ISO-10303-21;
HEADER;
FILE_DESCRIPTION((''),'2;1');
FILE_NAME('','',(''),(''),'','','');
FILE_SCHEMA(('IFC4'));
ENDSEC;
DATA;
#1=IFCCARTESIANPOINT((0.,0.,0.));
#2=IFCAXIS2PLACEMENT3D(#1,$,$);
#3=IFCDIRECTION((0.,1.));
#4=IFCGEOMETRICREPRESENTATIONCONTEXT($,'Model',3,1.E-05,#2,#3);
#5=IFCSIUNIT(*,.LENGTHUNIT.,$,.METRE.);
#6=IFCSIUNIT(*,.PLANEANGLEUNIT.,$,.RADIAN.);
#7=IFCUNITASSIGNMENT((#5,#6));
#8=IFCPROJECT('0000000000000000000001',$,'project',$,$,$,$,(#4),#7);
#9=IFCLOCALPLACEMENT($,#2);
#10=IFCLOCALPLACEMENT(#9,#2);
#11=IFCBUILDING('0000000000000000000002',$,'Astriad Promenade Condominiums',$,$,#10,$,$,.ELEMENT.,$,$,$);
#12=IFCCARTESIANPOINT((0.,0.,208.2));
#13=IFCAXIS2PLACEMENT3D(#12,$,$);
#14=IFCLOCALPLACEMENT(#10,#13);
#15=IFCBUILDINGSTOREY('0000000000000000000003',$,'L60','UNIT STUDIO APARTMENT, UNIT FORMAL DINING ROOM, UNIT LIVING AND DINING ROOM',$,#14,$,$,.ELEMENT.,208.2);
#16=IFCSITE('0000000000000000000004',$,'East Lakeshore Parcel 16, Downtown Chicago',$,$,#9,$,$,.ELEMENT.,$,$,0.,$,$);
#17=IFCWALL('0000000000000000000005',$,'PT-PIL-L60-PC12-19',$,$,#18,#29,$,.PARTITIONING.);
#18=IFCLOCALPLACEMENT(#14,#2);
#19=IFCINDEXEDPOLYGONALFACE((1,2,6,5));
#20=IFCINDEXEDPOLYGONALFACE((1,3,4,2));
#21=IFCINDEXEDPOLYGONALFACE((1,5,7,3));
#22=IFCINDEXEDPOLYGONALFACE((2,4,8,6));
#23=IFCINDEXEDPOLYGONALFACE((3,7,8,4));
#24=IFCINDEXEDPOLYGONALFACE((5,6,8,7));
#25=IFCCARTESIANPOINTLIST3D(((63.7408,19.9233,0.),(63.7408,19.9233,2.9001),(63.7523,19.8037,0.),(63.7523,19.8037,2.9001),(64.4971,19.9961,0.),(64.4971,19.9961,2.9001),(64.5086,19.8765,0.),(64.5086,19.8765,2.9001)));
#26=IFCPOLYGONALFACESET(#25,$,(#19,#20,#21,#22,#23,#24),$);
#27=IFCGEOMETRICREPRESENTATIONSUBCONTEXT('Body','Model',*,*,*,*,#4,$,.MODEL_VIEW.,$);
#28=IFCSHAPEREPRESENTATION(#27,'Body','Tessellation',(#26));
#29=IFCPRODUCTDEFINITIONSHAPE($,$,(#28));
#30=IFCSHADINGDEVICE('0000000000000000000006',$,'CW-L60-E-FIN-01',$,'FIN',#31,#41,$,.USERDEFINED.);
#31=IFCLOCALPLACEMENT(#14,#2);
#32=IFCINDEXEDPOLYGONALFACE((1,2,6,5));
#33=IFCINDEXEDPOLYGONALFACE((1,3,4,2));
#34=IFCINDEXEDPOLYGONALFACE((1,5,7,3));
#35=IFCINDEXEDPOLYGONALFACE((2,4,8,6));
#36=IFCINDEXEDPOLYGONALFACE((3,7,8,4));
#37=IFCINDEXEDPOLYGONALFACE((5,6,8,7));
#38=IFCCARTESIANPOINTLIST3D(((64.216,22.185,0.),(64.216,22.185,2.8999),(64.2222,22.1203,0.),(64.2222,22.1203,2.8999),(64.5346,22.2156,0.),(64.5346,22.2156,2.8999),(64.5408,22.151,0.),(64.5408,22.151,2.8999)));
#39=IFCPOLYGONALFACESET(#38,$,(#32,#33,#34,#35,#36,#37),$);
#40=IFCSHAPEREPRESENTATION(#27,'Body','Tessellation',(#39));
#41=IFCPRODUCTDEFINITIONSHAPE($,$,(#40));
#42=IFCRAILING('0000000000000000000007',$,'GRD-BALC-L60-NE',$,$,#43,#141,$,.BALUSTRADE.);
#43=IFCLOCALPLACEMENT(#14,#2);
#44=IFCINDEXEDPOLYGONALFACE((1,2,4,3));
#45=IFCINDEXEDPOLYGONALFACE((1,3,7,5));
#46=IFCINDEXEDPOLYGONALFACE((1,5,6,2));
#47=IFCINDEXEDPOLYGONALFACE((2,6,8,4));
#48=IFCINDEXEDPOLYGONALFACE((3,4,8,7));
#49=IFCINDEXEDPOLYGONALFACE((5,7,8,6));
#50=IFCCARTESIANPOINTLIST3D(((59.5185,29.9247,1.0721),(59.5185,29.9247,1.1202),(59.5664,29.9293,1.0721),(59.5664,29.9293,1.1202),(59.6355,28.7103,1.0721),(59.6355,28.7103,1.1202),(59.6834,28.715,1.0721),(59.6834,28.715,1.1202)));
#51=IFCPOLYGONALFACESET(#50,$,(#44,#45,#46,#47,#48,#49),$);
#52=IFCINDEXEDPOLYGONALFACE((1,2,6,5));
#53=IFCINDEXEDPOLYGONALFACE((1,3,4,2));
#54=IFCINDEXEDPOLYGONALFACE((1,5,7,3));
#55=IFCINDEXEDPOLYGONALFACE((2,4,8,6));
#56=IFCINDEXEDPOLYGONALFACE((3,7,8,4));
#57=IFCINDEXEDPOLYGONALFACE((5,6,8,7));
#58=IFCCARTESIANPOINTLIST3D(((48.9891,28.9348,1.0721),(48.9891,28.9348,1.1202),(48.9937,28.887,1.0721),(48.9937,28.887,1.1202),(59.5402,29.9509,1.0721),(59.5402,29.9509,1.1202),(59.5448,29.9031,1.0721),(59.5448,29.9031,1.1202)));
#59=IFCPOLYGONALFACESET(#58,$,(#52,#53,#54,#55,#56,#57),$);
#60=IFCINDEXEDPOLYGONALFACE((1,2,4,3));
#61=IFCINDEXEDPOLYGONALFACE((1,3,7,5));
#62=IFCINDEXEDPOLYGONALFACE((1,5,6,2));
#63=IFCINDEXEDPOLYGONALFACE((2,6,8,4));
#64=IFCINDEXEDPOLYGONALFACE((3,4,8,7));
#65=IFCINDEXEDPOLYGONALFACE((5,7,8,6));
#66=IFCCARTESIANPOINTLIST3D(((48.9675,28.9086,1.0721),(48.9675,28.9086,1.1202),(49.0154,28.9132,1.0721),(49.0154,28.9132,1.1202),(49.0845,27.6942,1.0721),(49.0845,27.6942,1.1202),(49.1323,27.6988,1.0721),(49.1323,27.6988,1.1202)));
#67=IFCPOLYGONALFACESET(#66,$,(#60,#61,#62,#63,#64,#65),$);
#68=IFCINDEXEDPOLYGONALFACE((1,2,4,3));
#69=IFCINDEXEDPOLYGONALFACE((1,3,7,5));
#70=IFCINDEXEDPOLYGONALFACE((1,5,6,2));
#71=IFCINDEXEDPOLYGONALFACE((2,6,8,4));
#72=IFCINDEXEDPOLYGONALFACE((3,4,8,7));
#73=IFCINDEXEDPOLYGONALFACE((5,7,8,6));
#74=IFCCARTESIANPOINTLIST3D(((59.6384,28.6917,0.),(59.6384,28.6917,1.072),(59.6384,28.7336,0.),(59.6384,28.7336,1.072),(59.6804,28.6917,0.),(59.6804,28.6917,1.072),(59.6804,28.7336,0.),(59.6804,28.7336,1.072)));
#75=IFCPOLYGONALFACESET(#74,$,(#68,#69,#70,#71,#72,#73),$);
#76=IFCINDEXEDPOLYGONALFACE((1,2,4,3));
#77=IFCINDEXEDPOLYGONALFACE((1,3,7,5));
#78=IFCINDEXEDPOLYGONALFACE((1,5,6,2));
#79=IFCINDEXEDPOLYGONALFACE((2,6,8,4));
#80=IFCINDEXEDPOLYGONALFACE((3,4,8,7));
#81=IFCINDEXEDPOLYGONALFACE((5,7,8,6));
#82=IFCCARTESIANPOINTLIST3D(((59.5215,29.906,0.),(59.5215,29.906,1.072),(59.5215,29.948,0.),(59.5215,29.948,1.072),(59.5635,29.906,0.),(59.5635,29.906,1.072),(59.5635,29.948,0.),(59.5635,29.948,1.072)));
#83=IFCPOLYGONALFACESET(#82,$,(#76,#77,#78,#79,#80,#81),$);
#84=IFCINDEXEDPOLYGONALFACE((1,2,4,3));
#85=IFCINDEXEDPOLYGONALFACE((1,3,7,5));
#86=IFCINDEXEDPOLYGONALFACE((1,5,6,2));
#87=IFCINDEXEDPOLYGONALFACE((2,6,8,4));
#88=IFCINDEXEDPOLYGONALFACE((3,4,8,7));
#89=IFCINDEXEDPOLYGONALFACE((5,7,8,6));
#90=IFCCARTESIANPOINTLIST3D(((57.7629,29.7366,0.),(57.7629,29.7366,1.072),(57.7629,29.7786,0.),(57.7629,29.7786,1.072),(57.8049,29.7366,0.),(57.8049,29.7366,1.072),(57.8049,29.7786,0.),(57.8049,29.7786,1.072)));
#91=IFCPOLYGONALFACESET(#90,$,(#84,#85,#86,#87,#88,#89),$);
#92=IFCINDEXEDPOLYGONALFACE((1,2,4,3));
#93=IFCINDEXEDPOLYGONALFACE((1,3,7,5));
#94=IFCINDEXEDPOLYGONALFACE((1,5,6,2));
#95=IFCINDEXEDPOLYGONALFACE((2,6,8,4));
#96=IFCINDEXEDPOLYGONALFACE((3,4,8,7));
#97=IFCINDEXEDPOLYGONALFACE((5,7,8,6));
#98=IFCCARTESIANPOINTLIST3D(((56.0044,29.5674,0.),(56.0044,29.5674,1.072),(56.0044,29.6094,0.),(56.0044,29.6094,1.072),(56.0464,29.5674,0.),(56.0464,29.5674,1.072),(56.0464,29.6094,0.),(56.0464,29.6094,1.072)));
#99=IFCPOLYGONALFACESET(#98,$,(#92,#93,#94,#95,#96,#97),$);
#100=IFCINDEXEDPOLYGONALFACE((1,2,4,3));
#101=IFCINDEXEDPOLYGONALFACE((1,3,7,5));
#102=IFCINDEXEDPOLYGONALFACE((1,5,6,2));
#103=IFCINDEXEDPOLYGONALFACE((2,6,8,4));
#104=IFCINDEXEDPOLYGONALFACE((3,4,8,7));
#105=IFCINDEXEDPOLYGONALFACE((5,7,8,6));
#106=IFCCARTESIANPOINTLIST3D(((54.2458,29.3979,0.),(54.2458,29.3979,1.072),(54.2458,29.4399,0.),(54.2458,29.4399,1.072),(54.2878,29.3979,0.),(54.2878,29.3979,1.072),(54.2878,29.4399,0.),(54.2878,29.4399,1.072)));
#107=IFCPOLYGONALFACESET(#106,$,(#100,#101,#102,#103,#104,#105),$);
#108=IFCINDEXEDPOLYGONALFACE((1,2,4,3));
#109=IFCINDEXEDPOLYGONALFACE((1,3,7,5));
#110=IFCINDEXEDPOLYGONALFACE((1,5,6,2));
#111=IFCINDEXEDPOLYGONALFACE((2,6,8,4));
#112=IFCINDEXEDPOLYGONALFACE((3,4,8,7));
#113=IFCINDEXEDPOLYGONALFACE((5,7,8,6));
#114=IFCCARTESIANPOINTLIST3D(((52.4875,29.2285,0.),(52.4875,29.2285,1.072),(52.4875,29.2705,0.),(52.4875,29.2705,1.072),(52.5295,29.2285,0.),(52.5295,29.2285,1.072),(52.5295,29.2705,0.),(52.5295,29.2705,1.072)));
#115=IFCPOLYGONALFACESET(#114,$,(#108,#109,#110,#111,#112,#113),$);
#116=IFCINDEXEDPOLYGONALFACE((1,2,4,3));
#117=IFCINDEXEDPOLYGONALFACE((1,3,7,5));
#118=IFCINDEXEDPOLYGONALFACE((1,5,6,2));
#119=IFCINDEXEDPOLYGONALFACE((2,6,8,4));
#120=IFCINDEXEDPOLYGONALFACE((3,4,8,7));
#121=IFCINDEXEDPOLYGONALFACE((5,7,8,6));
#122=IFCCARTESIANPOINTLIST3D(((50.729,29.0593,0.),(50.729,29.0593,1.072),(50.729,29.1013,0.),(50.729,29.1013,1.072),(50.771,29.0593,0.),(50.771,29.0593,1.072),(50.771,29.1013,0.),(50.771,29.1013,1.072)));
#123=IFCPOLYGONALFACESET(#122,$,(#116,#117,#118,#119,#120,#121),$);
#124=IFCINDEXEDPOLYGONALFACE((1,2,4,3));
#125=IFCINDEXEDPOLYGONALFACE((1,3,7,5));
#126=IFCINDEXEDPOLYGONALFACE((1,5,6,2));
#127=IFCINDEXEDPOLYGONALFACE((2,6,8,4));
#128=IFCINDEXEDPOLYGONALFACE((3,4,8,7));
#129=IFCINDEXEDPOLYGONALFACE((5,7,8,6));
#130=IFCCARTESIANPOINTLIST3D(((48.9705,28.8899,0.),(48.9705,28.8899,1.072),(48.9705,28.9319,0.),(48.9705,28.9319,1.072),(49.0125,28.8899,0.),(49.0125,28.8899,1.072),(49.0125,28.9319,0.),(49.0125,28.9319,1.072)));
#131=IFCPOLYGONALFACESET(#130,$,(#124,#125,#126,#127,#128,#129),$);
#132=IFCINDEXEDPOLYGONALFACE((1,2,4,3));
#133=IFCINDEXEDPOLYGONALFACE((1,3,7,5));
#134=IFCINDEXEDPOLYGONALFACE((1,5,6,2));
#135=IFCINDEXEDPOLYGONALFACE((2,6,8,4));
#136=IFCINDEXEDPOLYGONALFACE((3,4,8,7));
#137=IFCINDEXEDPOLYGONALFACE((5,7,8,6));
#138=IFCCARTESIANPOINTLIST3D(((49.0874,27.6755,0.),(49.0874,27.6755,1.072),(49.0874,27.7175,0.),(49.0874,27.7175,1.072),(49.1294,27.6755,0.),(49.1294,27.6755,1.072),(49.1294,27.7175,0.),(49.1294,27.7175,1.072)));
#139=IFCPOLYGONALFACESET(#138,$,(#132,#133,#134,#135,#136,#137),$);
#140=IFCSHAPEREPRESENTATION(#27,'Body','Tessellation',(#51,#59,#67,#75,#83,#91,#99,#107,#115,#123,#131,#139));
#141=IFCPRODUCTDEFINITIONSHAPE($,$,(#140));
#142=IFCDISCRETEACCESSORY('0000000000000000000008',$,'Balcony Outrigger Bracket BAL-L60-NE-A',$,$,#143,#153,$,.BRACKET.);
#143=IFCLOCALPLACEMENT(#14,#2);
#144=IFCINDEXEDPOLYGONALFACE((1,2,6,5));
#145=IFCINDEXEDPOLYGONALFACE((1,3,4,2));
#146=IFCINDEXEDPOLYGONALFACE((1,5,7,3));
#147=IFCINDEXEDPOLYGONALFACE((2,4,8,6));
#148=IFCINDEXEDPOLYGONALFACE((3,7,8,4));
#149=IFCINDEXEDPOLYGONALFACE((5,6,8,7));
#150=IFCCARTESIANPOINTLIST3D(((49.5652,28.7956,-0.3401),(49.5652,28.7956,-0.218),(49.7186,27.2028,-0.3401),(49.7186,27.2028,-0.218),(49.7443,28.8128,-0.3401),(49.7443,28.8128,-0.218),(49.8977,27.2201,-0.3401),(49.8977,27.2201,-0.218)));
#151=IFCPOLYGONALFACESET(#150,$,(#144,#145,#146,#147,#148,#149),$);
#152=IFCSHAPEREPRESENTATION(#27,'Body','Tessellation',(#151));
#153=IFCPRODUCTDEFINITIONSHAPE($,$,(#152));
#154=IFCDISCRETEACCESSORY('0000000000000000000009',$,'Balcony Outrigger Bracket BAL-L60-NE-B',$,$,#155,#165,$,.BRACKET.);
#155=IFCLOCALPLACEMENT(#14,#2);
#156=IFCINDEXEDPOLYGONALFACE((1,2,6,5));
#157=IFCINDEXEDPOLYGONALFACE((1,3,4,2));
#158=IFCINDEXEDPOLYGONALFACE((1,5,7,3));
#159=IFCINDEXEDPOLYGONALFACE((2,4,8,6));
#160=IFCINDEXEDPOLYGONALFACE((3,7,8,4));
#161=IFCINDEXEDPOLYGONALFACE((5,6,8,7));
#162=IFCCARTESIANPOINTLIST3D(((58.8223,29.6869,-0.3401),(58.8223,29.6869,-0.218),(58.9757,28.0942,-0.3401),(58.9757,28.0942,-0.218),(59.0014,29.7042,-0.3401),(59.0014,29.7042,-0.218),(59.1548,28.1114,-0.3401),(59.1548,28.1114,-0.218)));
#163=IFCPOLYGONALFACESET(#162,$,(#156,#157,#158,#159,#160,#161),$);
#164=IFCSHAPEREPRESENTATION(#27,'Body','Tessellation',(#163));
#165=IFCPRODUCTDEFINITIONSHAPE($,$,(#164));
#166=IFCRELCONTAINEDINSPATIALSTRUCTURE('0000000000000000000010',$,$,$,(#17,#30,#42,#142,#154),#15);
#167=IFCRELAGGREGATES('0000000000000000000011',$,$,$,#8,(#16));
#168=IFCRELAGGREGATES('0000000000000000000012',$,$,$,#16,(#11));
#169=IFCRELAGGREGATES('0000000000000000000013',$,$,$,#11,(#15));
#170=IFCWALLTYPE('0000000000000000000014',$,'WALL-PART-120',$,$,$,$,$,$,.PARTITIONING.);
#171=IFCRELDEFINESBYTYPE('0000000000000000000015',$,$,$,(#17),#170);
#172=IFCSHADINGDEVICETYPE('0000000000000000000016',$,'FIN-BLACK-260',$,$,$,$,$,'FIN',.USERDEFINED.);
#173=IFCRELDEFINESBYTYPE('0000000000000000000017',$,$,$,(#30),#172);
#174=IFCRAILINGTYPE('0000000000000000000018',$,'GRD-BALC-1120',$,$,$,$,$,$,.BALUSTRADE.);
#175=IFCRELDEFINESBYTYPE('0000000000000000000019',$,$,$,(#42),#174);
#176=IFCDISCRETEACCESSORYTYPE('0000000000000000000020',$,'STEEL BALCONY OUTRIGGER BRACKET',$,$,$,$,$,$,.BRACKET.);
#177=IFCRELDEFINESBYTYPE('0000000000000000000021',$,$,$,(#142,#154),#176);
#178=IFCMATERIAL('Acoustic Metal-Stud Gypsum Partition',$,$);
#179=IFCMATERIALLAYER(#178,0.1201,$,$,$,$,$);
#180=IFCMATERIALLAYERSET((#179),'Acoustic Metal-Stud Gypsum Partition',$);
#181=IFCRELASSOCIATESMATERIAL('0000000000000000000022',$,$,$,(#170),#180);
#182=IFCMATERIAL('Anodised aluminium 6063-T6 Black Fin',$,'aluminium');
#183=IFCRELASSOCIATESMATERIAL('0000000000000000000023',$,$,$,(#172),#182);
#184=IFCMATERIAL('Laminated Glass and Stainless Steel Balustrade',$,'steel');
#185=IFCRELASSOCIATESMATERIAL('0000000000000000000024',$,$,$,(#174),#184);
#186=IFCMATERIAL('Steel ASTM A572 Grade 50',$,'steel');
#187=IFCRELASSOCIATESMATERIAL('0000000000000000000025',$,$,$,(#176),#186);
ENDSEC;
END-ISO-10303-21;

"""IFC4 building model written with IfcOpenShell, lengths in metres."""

from ifc_helpers import new_model, si_unit, direction, frame, frame_2d, origin, origin_2d, place, context, subcontext, project, spatial, rectangle, extrude, source, transform, mapped, material, layer, layer_set, type_object, type_shapes, element, save


model = new_model("IFC4")

# Units and contexts
model_context = context("Model", 3, precision=1e-05, world=origin(), true_north=direction((0.0, 1.0)))
body_context = subcontext(model_context, "Body", "Model", "MODEL_VIEW")
ifc_project = project(units=[si_unit("LENGTHUNIT", "METRE"), si_unit("PLANEANGLEUNIT", "RADIAN")], contexts=[model_context])

# Site, building, storey
site_placement = place(None, origin())
site = spatial("IfcSite", under=ifc_project, at=site_placement, Name="East Lakeshore Parcel 16, Downtown Chicago", CompositionType="ELEMENT", RefElevation=0.0)
building_placement = place(site_placement, origin())
building = spatial("IfcBuilding", under=site, at=building_placement, Name="Astriad Promenade Condominiums", CompositionType="ELEMENT")
storey_placement = place(building_placement, frame((0.0, 0.0, 208.2)))
storey = spatial("IfcBuildingStorey", under=building, at=storey_placement, Name="L60", Description="UNIT STUDIO APARTMENT, UNIT FORMAL DINING ROOM, UNIT LIVING AND DINING ROOM", CompositionType="ELEMENT", Elevation=208.2)

# Wall
ifc_material_1 = material(Name="Acoustic Metal-Stud Gypsum Partition")
ifc_layer_1 = layer(ifc_material_1, 0.1201)
ifc_layer_set_1 = layer_set([ifc_layer_1], Name="Acoustic Metal-Stud Gypsum Partition")
wall_type_1 = type_object("IfcWallType", Name="WALL-PART-120", PredefinedType="PARTITIONING", material=ifc_layer_set_1)
wall_1_placement = place(storey_placement, frame((63.7466, 19.8635, 0.0), z_axis=(0.0, 0.0, 1.0), x_axis=(0.995405, 0.095749, 0.0)))
element("IfcWall", 1, at=wall_1_placement, inside=storey, type_object=wall_type_1, Name="PT-PIL-L60-PC12-19", PredefinedType="PARTITIONING", context=body_context, shape_type="SweptSolid", body=[
    extrude(rectangle(XDim=0.7598, YDim=0.1201, at=frame_2d((0.3799, 0.0))), origin(), (0.0, 0.0, 1.0), 2.9001),
])

# Shading device
ifc_material_2 = material(Name="Anodised aluminium 6063-T6 Black Fin", Category="aluminium")
shading_device_type = type_object("IfcShadingDeviceType", Name="FIN-BLACK-260", ElementType="FIN", PredefinedType="USERDEFINED", material=ifc_material_2)
shared_shape_1 = source(origin(), body_context, "Body", "SweptSolid", [
    extrude(rectangle(XDim=0.0649, YDim=0.3201, at=origin_2d()), origin(), (0.0, 0.0, 1.0), 2.8999),
])
type_shapes(shading_device_type, [shared_shape_1])
shading_device_placement = place(storey_placement, frame((64.3784, 22.168, 0.0), z_axis=(0.0, 0.0, 1.0), x_axis=(0.095846, -0.995396, 0.0)))
element("IfcShadingDevice", 2, at=shading_device_placement, inside=storey, type_object=shading_device_type, Name="CW-L60-E-FIN-01", ObjectType="FIN", PredefinedType="USERDEFINED", context=body_context, shape_type="MappedRepresentation", body=[
    mapped(shared_shape_1, transform((0.0, 0.0, 0.0), scale=1.0)),
])

# Railing
ifc_material_3 = material(Name="Laminated Glass and Stainless Steel Balustrade", Category="steel")
railing_type = type_object("IfcRailingType", Name="GRD-BALC-1120", PredefinedType="BALUSTRADE", material=ifc_material_3)
shared_shape_2 = source(origin(), body_context, "Body", "SweptSolid", [
    extrude(rectangle(XDim=0.0481, YDim=0.0481, at=origin_2d()), frame((0.0, 0.0, 1.0962), z_axis=(-0.095857, 0.995395, 0.0), x_axis=(-0.995395, -0.095857, 0.0)), (0.0, 0.0, 1.0), 1.22),
    extrude(rectangle(XDim=0.0481, YDim=0.0481, at=origin_2d()), frame((-0.1169, 1.2144, 1.0962), z_axis=(-0.995395, -0.095861, 0.0), x_axis=(0.095861, -0.995395, 0.0)), (0.0, 0.0, 1.0), 10.5999),
    extrude(rectangle(XDim=0.0481, YDim=0.0481, at=origin_2d()), frame((-10.668, 0.1982, 1.0962), z_axis=(0.095857, -0.995395, 0.0), x_axis=(0.995395, 0.095857, 0.0)), (0.0, 0.0, 1.0), 1.22),
    extrude(rectangle(XDim=0.042, YDim=0.042, at=origin_2d()), origin(), (0.0, 0.0, 1.0), 1.072),
    extrude(rectangle(XDim=0.042, YDim=0.042, at=origin_2d()), frame((-0.1169, 1.2144, 0.0)), (0.0, 0.0, 1.0), 1.072),
    extrude(rectangle(XDim=0.042, YDim=0.042, at=origin_2d()), frame((-1.8755, 1.0449, 0.0)), (0.0, 0.0, 1.0), 1.072),
    extrude(rectangle(XDim=0.042, YDim=0.042, at=origin_2d()), frame((-3.634, 0.8757, 0.0)), (0.0, 0.0, 1.0), 1.072),
    extrude(rectangle(XDim=0.042, YDim=0.042, at=origin_2d()), frame((-5.3926, 0.7063, 0.0)), (0.0, 0.0, 1.0), 1.072),
    extrude(rectangle(XDim=0.042, YDim=0.042, at=origin_2d()), frame((-7.1509, 0.5369, 0.0)), (0.0, 0.0, 1.0), 1.072),
    extrude(rectangle(XDim=0.042, YDim=0.042, at=origin_2d()), frame((-8.9094, 0.3677, 0.0)), (0.0, 0.0, 1.0), 1.072),
    extrude(rectangle(XDim=0.042, YDim=0.042, at=origin_2d()), frame((-10.668, 0.1982, 0.0)), (0.0, 0.0, 1.0), 1.072),
    extrude(rectangle(XDim=0.042, YDim=0.042, at=origin_2d()), frame((-10.551, -1.0161, 0.0)), (0.0, 0.0, 1.0), 1.072),
])
type_shapes(railing_type, [shared_shape_2])
railing_placement = place(storey_placement, frame((59.6594, 28.7126, 0.0)))
element("IfcRailing", 3, at=railing_placement, inside=storey, type_object=railing_type, Name="GRD-BALC-L60-NE", PredefinedType="BALUSTRADE", context=body_context, shape_type="MappedRepresentation", body=[
    mapped(shared_shape_2, transform((0.0, 0.0, 0.0), scale=1.0)),
])

# Discrete accessories
ifc_material_4 = material(Name="Steel ASTM A572 Grade 50", Category="steel")
discrete_accessory_type = type_object("IfcDiscreteAccessoryType", Name="STEEL BALCONY OUTRIGGER BRACKET", PredefinedType="BRACKET", material=ifc_material_4)
shared_shape_3 = source(origin(), body_context, "Body", "SweptSolid", [
    extrude(rectangle(XDim=1.6001, YDim=0.1799, at=origin_2d()), origin(), (0.0, 0.0, 1.0), 0.1221),
])
type_shapes(discrete_accessory_type, [shared_shape_3])
for number, where, z_axis, x_axis, name in (
    (4, (49.7314, 28.0078, -0.3401), (0.0, 0.0, 1.0), (-0.095846, 0.995396, 0.0), "Balcony Outrigger Bracket BAL-L60-NE-A"),
    (5, (58.9885, 28.8992, -0.3401), (0.0, 0.0, 1.0), (-0.095846, 0.995396, 0.0), "Balcony Outrigger Bracket BAL-L60-NE-B"),
):
    element("IfcDiscreteAccessory", number, at=place(storey_placement, frame(where, z_axis=z_axis, x_axis=x_axis)), inside=storey, type_object=discrete_accessory_type, Name=name, PredefinedType="BRACKET", context=body_context, shape_type="MappedRepresentation", body=[
        mapped(shared_shape_3, transform((0.0, 0.0, 0.0), scale=1.0)),
    ])

save(model, "model.ifc")
